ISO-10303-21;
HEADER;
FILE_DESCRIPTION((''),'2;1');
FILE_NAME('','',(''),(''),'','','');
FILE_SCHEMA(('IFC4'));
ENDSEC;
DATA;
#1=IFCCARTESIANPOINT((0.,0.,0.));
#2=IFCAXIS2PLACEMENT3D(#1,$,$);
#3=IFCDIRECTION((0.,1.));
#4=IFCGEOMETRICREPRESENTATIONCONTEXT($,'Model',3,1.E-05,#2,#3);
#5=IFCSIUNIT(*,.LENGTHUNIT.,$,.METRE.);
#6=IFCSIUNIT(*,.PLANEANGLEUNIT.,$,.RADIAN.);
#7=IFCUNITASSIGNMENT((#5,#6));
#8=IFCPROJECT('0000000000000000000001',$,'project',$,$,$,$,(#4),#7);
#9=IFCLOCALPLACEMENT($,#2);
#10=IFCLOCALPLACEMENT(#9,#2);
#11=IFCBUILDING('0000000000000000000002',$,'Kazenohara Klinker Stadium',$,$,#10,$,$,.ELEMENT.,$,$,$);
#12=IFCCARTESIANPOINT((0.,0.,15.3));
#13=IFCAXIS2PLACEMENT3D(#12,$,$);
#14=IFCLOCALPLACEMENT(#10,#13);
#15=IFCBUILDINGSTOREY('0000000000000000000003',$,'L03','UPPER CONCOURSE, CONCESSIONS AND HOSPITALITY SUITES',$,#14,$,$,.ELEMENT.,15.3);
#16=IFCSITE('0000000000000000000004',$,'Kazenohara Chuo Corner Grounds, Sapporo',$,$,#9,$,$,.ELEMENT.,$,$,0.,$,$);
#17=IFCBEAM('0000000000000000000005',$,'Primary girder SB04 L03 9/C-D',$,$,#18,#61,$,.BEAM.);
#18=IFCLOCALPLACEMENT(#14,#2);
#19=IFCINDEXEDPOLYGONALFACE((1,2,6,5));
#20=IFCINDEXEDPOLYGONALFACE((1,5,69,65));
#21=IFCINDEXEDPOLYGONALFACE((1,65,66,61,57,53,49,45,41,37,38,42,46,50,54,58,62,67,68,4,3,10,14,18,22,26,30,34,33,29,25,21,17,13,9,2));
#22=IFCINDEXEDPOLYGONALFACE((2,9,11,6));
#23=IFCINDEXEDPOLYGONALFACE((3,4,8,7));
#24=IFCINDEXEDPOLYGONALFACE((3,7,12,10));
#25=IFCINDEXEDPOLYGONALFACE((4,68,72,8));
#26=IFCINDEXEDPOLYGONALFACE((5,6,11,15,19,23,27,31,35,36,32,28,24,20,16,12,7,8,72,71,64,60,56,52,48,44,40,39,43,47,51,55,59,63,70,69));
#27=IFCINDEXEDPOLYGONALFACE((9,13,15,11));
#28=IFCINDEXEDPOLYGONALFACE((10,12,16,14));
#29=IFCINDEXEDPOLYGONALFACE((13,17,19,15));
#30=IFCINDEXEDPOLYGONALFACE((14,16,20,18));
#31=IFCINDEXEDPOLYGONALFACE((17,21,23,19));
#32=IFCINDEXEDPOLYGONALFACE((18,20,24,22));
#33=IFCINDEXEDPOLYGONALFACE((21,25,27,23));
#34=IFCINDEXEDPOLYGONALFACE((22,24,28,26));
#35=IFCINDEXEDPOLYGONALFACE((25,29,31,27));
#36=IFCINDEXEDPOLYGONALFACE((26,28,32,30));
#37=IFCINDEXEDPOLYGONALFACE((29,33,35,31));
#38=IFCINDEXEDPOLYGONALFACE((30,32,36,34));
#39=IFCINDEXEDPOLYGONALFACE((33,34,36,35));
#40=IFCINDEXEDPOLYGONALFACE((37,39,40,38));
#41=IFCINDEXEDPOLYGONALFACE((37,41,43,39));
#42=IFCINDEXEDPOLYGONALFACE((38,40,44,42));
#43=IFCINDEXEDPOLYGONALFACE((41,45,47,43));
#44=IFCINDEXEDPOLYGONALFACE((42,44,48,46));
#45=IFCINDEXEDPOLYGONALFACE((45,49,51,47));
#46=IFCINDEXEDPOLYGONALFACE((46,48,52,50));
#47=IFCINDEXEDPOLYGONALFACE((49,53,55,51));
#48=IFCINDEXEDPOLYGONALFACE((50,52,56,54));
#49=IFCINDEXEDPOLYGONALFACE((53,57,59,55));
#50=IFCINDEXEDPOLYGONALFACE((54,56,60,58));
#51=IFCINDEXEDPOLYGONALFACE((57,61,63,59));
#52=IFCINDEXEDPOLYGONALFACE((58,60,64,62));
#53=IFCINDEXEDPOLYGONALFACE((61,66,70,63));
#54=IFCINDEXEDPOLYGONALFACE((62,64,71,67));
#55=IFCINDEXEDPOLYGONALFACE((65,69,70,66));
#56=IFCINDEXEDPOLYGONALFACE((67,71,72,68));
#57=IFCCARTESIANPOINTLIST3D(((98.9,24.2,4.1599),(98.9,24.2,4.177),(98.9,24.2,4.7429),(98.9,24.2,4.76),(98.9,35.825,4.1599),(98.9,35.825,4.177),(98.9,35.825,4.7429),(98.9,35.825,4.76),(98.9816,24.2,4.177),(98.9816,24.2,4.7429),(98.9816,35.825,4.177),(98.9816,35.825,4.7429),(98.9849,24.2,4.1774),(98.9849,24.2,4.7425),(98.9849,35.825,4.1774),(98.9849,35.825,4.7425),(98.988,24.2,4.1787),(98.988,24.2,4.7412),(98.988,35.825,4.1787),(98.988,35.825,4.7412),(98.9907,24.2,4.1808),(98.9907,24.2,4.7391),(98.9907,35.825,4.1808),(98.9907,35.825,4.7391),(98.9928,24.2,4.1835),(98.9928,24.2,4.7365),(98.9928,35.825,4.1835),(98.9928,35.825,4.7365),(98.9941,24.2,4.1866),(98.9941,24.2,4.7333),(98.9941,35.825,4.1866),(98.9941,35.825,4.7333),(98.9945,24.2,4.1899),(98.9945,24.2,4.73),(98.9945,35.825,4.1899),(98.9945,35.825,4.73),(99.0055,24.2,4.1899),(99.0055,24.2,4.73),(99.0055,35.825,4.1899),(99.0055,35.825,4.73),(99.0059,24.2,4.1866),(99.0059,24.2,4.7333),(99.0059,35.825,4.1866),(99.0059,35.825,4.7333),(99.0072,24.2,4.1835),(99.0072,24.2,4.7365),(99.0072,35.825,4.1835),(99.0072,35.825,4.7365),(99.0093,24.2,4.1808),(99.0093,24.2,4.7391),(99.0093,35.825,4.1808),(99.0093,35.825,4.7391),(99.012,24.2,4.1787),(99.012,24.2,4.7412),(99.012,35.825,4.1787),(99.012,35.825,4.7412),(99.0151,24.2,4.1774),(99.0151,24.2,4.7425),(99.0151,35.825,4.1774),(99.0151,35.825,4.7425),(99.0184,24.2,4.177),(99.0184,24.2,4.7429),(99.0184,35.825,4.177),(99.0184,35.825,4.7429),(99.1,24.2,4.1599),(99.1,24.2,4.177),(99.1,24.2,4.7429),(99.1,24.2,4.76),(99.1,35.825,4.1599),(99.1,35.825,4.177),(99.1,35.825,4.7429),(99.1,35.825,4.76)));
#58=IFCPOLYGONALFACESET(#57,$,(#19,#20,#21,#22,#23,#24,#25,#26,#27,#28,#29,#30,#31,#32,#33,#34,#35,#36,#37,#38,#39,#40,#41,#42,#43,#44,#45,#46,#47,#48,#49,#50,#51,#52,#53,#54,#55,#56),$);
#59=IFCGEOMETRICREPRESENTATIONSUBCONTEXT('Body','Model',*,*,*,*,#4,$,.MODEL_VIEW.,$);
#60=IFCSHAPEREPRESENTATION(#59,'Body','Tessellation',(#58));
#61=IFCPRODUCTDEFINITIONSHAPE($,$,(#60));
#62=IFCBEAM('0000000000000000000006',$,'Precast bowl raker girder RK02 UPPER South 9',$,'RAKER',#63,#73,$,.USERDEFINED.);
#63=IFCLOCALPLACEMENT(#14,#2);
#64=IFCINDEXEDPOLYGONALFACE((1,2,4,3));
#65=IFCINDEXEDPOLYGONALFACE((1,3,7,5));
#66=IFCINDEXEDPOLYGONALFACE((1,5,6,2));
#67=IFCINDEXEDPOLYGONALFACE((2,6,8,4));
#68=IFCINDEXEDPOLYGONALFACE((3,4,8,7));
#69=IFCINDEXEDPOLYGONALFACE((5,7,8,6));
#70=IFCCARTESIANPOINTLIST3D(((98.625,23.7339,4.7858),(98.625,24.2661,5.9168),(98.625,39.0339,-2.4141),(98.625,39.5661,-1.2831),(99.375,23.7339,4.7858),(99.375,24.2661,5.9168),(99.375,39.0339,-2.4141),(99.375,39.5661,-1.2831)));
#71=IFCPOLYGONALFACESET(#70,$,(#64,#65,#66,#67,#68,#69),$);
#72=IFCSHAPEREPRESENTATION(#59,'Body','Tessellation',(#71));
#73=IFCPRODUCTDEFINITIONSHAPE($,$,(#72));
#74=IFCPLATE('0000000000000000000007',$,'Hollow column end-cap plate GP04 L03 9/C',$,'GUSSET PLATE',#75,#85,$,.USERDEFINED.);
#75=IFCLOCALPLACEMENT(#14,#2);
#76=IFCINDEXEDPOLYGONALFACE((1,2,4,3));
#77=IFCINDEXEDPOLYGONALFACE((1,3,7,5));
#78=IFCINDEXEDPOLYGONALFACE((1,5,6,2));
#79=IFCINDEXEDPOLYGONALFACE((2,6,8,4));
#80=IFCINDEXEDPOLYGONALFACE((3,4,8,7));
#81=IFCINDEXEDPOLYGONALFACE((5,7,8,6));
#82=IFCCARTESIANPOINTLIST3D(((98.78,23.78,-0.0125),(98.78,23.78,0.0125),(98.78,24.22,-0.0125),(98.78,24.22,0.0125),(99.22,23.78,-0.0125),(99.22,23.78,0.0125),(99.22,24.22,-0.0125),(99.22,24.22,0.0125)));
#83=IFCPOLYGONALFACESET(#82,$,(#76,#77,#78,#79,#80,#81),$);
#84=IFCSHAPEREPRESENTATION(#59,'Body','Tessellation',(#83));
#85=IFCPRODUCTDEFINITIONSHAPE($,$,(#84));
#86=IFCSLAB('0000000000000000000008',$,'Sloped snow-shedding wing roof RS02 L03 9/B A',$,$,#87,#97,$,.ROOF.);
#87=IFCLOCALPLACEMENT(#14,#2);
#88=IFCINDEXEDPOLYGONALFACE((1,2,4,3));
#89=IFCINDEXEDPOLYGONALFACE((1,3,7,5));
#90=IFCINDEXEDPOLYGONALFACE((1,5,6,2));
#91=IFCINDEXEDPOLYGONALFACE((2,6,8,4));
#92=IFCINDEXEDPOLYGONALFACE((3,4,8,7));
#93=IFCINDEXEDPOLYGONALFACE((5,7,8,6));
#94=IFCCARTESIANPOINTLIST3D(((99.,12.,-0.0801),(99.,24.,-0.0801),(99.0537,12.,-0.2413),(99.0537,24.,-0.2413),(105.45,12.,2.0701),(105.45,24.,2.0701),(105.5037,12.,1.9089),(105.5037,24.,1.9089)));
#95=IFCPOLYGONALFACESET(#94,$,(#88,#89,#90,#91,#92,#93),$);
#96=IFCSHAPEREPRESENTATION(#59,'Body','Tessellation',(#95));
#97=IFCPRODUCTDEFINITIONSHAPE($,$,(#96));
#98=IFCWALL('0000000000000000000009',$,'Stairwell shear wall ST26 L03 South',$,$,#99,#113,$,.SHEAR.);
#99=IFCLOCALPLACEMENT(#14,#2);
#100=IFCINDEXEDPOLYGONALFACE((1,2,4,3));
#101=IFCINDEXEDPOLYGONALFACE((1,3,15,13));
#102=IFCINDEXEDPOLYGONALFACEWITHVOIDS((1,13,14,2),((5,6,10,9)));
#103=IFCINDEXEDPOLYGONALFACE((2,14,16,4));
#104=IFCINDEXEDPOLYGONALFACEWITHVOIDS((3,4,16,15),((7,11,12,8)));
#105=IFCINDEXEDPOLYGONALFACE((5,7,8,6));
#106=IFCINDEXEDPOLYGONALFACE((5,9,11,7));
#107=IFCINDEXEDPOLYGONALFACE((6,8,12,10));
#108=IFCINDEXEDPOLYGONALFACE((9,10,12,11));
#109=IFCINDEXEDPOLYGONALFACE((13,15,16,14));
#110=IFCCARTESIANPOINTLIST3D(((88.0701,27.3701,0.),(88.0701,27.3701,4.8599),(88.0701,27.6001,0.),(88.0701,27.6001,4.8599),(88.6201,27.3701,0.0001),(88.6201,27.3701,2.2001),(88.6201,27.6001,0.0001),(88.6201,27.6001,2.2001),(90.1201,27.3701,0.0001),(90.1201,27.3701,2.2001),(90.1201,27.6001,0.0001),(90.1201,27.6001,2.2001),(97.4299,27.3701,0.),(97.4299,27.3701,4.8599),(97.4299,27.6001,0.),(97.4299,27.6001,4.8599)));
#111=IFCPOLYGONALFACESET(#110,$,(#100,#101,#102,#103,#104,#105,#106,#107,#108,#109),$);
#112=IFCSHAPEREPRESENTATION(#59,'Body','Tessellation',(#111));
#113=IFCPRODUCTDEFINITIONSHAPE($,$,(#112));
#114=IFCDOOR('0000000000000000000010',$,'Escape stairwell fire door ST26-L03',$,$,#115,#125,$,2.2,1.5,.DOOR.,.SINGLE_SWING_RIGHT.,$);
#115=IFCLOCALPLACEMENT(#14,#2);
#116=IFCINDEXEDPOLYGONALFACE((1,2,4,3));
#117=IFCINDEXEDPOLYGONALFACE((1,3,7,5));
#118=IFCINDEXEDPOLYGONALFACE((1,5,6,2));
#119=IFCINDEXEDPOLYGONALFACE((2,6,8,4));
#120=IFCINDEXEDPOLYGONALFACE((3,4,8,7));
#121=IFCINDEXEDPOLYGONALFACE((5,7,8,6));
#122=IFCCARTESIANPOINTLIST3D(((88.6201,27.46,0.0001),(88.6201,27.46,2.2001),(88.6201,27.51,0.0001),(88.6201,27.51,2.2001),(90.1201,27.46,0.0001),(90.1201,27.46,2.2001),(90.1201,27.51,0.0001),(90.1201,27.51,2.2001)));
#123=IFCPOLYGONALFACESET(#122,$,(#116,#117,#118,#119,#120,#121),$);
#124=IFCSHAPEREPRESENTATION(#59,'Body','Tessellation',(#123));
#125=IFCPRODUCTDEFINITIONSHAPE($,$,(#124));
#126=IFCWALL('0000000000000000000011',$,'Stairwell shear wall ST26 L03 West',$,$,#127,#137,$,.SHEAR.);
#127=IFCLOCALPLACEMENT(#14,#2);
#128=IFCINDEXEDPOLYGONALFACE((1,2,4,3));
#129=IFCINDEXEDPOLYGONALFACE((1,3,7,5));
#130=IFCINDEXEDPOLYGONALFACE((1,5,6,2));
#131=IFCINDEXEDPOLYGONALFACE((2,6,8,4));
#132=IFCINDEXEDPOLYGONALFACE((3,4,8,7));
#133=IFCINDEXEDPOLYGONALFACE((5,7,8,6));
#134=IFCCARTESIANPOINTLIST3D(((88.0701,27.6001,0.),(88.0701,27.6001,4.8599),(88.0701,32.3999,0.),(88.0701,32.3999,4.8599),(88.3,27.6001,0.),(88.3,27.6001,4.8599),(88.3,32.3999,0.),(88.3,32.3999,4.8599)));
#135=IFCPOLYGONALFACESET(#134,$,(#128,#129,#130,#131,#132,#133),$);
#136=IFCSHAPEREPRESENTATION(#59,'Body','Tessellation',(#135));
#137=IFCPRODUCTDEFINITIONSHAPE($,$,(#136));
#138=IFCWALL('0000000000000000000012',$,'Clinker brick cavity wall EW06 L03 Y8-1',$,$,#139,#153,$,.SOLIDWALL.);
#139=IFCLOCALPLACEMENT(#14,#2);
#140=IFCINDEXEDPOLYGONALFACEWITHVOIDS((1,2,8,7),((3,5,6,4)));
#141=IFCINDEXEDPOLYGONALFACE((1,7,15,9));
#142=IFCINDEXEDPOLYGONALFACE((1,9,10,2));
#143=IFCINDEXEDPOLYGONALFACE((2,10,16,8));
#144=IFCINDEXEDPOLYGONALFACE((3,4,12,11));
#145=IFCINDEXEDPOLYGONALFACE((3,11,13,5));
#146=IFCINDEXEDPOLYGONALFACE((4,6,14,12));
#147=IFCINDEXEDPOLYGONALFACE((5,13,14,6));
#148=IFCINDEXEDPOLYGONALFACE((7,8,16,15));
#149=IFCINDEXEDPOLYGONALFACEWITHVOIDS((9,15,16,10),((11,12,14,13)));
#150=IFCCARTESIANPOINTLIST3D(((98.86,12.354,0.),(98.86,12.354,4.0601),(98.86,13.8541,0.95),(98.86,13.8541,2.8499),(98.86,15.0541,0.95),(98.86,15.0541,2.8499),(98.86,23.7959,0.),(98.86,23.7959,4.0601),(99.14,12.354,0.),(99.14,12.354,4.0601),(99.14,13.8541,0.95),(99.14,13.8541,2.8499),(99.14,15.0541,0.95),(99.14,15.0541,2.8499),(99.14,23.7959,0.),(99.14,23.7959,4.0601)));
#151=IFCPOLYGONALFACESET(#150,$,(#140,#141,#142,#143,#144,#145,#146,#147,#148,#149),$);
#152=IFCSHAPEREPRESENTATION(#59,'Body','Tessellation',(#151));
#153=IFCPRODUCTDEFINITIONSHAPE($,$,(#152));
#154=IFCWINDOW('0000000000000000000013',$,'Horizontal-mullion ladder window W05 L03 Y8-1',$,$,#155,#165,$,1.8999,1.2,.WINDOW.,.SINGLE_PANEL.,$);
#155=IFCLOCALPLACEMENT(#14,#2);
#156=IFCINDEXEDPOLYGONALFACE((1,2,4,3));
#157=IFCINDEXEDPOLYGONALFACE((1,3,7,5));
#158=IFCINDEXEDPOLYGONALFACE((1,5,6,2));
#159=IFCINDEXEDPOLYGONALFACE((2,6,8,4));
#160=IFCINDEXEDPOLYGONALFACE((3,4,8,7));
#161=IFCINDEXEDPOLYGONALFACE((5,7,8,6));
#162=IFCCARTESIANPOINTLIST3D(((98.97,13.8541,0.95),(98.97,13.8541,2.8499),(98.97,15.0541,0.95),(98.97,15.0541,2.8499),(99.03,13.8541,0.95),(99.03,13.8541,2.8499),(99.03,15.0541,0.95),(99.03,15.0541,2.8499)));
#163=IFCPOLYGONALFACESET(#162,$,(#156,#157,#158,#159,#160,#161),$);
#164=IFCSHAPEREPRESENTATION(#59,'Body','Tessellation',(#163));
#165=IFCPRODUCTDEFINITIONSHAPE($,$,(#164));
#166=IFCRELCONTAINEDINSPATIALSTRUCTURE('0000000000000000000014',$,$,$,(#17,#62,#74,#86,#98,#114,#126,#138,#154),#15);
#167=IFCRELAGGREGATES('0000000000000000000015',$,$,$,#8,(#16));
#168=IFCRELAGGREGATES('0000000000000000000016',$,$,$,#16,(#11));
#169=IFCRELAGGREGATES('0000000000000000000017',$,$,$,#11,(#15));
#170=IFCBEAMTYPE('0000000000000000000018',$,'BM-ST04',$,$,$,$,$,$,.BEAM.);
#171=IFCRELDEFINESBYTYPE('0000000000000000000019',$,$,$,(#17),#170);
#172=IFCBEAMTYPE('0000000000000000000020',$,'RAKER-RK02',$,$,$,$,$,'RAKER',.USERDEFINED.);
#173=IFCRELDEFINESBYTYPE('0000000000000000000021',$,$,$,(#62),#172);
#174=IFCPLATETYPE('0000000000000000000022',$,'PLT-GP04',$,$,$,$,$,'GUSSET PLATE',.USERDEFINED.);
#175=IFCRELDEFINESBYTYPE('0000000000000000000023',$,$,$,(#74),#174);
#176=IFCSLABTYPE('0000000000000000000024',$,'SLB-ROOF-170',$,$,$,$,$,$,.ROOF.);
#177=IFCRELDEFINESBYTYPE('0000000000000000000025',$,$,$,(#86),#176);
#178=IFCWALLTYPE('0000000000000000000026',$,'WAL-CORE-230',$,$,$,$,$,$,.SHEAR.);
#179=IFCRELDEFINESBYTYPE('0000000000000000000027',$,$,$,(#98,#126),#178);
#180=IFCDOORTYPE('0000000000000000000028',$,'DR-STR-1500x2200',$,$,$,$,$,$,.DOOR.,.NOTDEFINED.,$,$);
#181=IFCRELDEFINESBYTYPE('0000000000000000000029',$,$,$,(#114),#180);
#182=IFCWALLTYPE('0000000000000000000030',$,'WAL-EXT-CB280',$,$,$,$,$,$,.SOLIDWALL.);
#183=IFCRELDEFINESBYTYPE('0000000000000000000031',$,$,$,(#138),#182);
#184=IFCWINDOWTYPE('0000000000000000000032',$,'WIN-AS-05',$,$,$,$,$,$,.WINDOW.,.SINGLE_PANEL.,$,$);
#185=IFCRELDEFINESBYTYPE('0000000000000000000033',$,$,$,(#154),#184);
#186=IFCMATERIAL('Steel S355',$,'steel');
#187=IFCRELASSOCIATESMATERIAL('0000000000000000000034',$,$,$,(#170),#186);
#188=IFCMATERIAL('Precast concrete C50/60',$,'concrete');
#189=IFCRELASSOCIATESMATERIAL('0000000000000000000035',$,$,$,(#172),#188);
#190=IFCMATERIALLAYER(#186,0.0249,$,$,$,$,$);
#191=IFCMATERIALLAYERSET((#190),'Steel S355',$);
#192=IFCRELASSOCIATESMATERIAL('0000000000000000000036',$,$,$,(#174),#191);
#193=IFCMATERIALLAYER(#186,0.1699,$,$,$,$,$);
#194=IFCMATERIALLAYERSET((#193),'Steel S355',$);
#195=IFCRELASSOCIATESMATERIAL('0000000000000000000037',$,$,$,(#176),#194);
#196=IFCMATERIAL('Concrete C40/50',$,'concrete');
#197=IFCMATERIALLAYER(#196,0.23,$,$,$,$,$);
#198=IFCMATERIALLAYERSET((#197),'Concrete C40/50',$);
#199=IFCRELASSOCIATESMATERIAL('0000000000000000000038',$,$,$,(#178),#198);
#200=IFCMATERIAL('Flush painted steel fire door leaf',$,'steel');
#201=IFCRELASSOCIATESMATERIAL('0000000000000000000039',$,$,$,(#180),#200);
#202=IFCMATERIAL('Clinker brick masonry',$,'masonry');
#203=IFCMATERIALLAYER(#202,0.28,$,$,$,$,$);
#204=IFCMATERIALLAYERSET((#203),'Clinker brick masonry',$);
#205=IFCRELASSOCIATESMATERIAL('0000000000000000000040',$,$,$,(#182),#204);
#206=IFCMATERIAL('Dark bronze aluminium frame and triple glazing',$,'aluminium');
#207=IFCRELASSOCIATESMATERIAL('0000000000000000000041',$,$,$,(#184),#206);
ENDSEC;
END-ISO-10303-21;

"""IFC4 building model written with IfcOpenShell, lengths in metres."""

from ifc_helpers import new_model, si_unit, direction, frame, frame_2d, origin, origin_2d, place, context, subcontext, project, spatial, polyline, rectangle, i_section, outline, extrude, material, layer, layer_set, material_profile, profile_set, type_object, element, fill, save


model = new_model("IFC4")

# Units and contexts
model_context = context("Model", 3, precision=1e-05, world=origin(), true_north=direction((0.0, 1.0)))
body_context = subcontext(model_context, "Body", "Model", "MODEL_VIEW")
ifc_project = project(units=[si_unit("LENGTHUNIT", "METRE"), si_unit("PLANEANGLEUNIT", "RADIAN")], contexts=[model_context])

# Site, building, storey
site_placement = place(None, origin())
site = spatial("IfcSite", under=ifc_project, at=site_placement, Name="Kazenohara Chuo Corner Grounds, Sapporo", CompositionType="ELEMENT", RefElevation=0.0)
building_placement = place(site_placement, origin())
building = spatial("IfcBuilding", under=site, at=building_placement, Name="Kazenohara Klinker Stadium", CompositionType="ELEMENT")
storey_placement = place(building_placement, frame((0.0, 0.0, 15.3)))
storey = spatial("IfcBuildingStorey", under=building, at=storey_placement, Name="L03", Description="UPPER CONCOURSE, CONCESSIONS AND HOSPITALITY SUITES", CompositionType="ELEMENT", Elevation=15.3)

# Shared definitions
ifc_material_1 = material(Name="Steel S355", Category="steel")

# Beams
ifc_material_2 = material(Name="Concrete C40/50", Category="concrete")
ifc_material_profile_1 = material_profile(ifc_material_1, i_section(OverallWidth=0.2, OverallDepth=0.6001, WebThickness=0.011, FlangeThickness=0.0171, FilletRadius=0.0129, at=origin_2d()), Name="H-600x200x11x17")
ifc_profile_set_1 = profile_set([ifc_material_profile_1], Name="Steel S355")
beam_type_1 = type_object("IfcBeamType", Name="BM-ST04", PredefinedType="BEAM", material=ifc_profile_set_1)
beam_1_placement = place(storey_placement, frame((99.0, 24.2, 4.46), z_axis=(0.0, 1.0, 0.0), x_axis=(-1.0, 0.0, 0.0)))
element("IfcBeam", 1, at=beam_1_placement, inside=storey, type_object=beam_type_1, Name="Primary girder SB04 L03 9/C-D", PredefinedType="BEAM", context=body_context, shape_type="SweptSolid", body=[
    extrude(i_section(OverallWidth=0.2, OverallDepth=0.6001, WebThickness=0.011, FlangeThickness=0.0171, FilletRadius=0.0129, at=origin_2d()), origin(), (0.0, 0.0, 1.0), 11.625),
])
ifc_material_3 = material(Name="Precast concrete C50/60", Category="concrete")
ifc_material_profile_2 = material_profile(ifc_material_3, rectangle(XDim=0.75, YDim=1.25, at=origin_2d()), Name="PC-RAKER-750x1250")
ifc_profile_set_2 = profile_set([ifc_material_profile_2], Name="Precast concrete C50/60")
beam_type_2 = type_object("IfcBeamType", Name="RAKER-RK02", ElementType="RAKER", PredefinedType="USERDEFINED", material=ifc_profile_set_2)
beam_2_placement = place(storey_placement, frame((99.0, 24.0, 5.3513), z_axis=(0.0, 0.90482, -0.425794), x_axis=(-1.0, 0.0, 0.0)))
element("IfcBeam", 2, at=beam_2_placement, inside=storey, type_object=beam_type_2, Name="Precast bowl raker girder RK02 UPPER South 9", ObjectType="RAKER", PredefinedType="USERDEFINED", context=body_context, shape_type="SweptSolid", body=[
    extrude(rectangle(XDim=0.75, YDim=1.25, at=origin_2d()), origin(), (0.0, 0.0, 1.0), 16.9094),
])

# Plate
ifc_layer_1 = layer(ifc_material_1, 0.0249)
ifc_layer_set_1 = layer_set([ifc_layer_1], Name="Steel S355")
plate_type = type_object("IfcPlateType", Name="PLT-GP04", ElementType="GUSSET PLATE", PredefinedType="USERDEFINED", material=ifc_layer_set_1)
plate_placement = place(storey_placement, frame((99.0, 24.0, -0.0125), z_axis=(0.0, 0.0, 1.0), x_axis=(1.0, 0.0, 0.0)))
element("IfcPlate", 3, at=plate_placement, inside=storey, type_object=plate_type, Name="Hollow column end-cap plate GP04 L03 9/C", ObjectType="GUSSET PLATE", PredefinedType="USERDEFINED", context=body_context, shape_type="SweptSolid", body=[
    extrude(rectangle(XDim=0.4399, YDim=0.4399, at=origin_2d()), origin(), (0.0, 0.0, 1.0), 0.0249),
])

# Slab
ifc_layer_2 = layer(ifc_material_1, 0.1699)
ifc_layer_set_2 = layer_set([ifc_layer_2], Name="Steel S355")
slab_type = type_object("IfcSlabType", Name="SLB-ROOF-170", PredefinedType="ROOF", material=ifc_layer_set_2)
slab_placement = place(storey_placement, frame((99.0, 12.0, -0.0801), z_axis=(-0.316249, 0.0, 0.948676), x_axis=(0.948676, 0.0, 0.316249)))
element("IfcSlab", 4, at=slab_placement, inside=storey, type_object=slab_type, Name="Sloped snow-shedding wing roof RS02 L03 9/B A", PredefinedType="ROOF", context=body_context, shape_type="SweptSolid", body=[
    extrude(outline(polyline([(0.0, 0.0), (6.7989, 0.0), (6.7989, 12.0), (0.0, 12.0), (0.0, 0.0)])), origin(), (0.0, 0.0, -1.0), 0.1699),
])

# Wall, opening, door
ifc_layer_3 = layer(ifc_material_2, 0.23)
ifc_layer_set_3 = layer_set([ifc_layer_3], Name="Concrete C40/50")
wall_type_1 = type_object("IfcWallType", Name="WAL-CORE-230", PredefinedType="SHEAR", material=ifc_layer_set_3)
wall_1_placement = place(storey_placement, frame((88.0701, 27.4851, 0.0), z_axis=(0.0, 0.0, 1.0), x_axis=(1.0, 0.0, 0.0)))
wall_1 = element("IfcWall", 5, at=wall_1_placement, inside=storey, type_object=wall_type_1, Name="Stairwell shear wall ST26 L03 South", PredefinedType="SHEAR", context=body_context, shape_type="SweptSolid", body=[
    extrude(rectangle(XDim=9.3599, YDim=0.23, at=frame_2d((4.6799, 0.0))), origin(), (0.0, 0.0, 1.0), 4.8599),
])
opening_1_placement = place(wall_1_placement, frame((0.55, 0.0, 0.0)))
opening_1 = element("IfcOpeningElement", 6, at=opening_1_placement, cuts=wall_1, PredefinedType="OPENING", context=body_context, shape_type="SweptSolid", body=[
    extrude(rectangle(XDim=1.5, YDim=2.2, at=frame_2d((0.75, 1.1001))), frame((0.0, 0.125, 0.0), z_axis=(0.0, -1.0, 0.0), x_axis=(1.0, 0.0, 0.0)), (0.0, 0.0, 1.0), 0.25),
])
ifc_material_4 = material(Name="Flush painted steel fire door leaf", Category="steel")
door_type_1 = type_object("IfcDoorType", Name="DR-STR-1500x2200", OperationType="NOTDEFINED", PredefinedType="DOOR", material=ifc_material_4)
door_1_placement = place(opening_1_placement, origin())
door_1 = element("IfcDoor", 7, at=door_1_placement, inside=storey, type_object=door_type_1, Name="Escape stairwell fire door ST26-L03", OperationType="SINGLE_SWING_RIGHT", OverallHeight=2.2, OverallWidth=1.5, PredefinedType="DOOR", context=body_context, shape_type="SweptSolid", body=[
    extrude(rectangle(XDim=1.5, YDim=2.2, at=frame_2d((0.75, 1.1001))), frame((0.0, 0.0249, 0.0), z_axis=(0.0, -1.0, 0.0), x_axis=(1.0, 0.0, 0.0)), (0.0, 0.0, 1.0), 0.05),
])
fill(opening_1, door_1)

# Wall
wall_2_placement = place(storey_placement, frame((88.1851, 27.6001, 0.0), z_axis=(0.0, 0.0, 1.0), x_axis=(0.0, 1.0, 0.0)))
element("IfcWall", 8, at=wall_2_placement, inside=storey, type_object=wall_type_1, Name="Stairwell shear wall ST26 L03 West", PredefinedType="SHEAR", context=body_context, shape_type="SweptSolid", body=[
    extrude(rectangle(XDim=4.7998, YDim=0.23, at=frame_2d((2.3999, 0.0))), origin(), (0.0, 0.0, 1.0), 4.8599),
])

# Wall, opening, window
ifc_material_5 = material(Name="Clinker brick masonry", Category="masonry")
ifc_layer_4 = layer(ifc_material_5, 0.28)
ifc_layer_set_4 = layer_set([ifc_layer_4], Name="Clinker brick masonry")
wall_type_2 = type_object("IfcWallType", Name="WAL-EXT-CB280", PredefinedType="SOLIDWALL", material=ifc_layer_set_4)
wall_3_placement = place(storey_placement, frame((99.0, 12.354, 0.0), z_axis=(0.0, 0.0, 1.0), x_axis=(0.0, 1.0, 0.0)))
wall_3 = element("IfcWall", 9, at=wall_3_placement, inside=storey, type_object=wall_type_2, Name="Clinker brick cavity wall EW06 L03 Y8-1", PredefinedType="SOLIDWALL", context=body_context, shape_type="SweptSolid", body=[
    extrude(rectangle(XDim=11.4419, YDim=0.28, at=frame_2d((5.7209, 0.0))), origin(), (0.0, 0.0, 1.0), 4.0601),
])
opening_2_placement = place(wall_3_placement, frame((1.5, 0.0, 0.95)))
opening_2 = element("IfcOpeningElement", 10, at=opening_2_placement, cuts=wall_3, PredefinedType="OPENING", context=body_context, shape_type="SweptSolid", body=[
    extrude(rectangle(XDim=1.2, YDim=1.8999, at=frame_2d((0.6001, 0.95))), frame((0.0, 0.1499, 0.0), z_axis=(0.0, -1.0, 0.0), x_axis=(1.0, 0.0, 0.0)), (0.0, 0.0, 1.0), 0.3),
])
ifc_material_6 = material(Name="Dark bronze aluminium frame and triple glazing", Category="aluminium")
window_type_1 = type_object("IfcWindowType", Name="WIN-AS-05", PartitioningType="SINGLE_PANEL", PredefinedType="WINDOW", material=ifc_material_6)
window_1_placement = place(opening_2_placement, origin())
window_1 = element("IfcWindow", 11, at=window_1_placement, inside=storey, type_object=window_type_1, Name="Horizontal-mullion ladder window W05 L03 Y8-1", OverallHeight=1.8999, OverallWidth=1.2, PartitioningType="SINGLE_PANEL", PredefinedType="WINDOW", context=body_context, shape_type="SweptSolid", body=[
    extrude(rectangle(XDim=1.2, YDim=1.8999, at=frame_2d((0.6001, 0.95))), frame((0.0, 0.03, 0.0), z_axis=(0.0, -1.0, 0.0), x_axis=(1.0, 0.0, 0.0)), (0.0, 0.0, 1.0), 0.0601),
])
fill(opening_2, window_1)

save(model, "model.ifc")
